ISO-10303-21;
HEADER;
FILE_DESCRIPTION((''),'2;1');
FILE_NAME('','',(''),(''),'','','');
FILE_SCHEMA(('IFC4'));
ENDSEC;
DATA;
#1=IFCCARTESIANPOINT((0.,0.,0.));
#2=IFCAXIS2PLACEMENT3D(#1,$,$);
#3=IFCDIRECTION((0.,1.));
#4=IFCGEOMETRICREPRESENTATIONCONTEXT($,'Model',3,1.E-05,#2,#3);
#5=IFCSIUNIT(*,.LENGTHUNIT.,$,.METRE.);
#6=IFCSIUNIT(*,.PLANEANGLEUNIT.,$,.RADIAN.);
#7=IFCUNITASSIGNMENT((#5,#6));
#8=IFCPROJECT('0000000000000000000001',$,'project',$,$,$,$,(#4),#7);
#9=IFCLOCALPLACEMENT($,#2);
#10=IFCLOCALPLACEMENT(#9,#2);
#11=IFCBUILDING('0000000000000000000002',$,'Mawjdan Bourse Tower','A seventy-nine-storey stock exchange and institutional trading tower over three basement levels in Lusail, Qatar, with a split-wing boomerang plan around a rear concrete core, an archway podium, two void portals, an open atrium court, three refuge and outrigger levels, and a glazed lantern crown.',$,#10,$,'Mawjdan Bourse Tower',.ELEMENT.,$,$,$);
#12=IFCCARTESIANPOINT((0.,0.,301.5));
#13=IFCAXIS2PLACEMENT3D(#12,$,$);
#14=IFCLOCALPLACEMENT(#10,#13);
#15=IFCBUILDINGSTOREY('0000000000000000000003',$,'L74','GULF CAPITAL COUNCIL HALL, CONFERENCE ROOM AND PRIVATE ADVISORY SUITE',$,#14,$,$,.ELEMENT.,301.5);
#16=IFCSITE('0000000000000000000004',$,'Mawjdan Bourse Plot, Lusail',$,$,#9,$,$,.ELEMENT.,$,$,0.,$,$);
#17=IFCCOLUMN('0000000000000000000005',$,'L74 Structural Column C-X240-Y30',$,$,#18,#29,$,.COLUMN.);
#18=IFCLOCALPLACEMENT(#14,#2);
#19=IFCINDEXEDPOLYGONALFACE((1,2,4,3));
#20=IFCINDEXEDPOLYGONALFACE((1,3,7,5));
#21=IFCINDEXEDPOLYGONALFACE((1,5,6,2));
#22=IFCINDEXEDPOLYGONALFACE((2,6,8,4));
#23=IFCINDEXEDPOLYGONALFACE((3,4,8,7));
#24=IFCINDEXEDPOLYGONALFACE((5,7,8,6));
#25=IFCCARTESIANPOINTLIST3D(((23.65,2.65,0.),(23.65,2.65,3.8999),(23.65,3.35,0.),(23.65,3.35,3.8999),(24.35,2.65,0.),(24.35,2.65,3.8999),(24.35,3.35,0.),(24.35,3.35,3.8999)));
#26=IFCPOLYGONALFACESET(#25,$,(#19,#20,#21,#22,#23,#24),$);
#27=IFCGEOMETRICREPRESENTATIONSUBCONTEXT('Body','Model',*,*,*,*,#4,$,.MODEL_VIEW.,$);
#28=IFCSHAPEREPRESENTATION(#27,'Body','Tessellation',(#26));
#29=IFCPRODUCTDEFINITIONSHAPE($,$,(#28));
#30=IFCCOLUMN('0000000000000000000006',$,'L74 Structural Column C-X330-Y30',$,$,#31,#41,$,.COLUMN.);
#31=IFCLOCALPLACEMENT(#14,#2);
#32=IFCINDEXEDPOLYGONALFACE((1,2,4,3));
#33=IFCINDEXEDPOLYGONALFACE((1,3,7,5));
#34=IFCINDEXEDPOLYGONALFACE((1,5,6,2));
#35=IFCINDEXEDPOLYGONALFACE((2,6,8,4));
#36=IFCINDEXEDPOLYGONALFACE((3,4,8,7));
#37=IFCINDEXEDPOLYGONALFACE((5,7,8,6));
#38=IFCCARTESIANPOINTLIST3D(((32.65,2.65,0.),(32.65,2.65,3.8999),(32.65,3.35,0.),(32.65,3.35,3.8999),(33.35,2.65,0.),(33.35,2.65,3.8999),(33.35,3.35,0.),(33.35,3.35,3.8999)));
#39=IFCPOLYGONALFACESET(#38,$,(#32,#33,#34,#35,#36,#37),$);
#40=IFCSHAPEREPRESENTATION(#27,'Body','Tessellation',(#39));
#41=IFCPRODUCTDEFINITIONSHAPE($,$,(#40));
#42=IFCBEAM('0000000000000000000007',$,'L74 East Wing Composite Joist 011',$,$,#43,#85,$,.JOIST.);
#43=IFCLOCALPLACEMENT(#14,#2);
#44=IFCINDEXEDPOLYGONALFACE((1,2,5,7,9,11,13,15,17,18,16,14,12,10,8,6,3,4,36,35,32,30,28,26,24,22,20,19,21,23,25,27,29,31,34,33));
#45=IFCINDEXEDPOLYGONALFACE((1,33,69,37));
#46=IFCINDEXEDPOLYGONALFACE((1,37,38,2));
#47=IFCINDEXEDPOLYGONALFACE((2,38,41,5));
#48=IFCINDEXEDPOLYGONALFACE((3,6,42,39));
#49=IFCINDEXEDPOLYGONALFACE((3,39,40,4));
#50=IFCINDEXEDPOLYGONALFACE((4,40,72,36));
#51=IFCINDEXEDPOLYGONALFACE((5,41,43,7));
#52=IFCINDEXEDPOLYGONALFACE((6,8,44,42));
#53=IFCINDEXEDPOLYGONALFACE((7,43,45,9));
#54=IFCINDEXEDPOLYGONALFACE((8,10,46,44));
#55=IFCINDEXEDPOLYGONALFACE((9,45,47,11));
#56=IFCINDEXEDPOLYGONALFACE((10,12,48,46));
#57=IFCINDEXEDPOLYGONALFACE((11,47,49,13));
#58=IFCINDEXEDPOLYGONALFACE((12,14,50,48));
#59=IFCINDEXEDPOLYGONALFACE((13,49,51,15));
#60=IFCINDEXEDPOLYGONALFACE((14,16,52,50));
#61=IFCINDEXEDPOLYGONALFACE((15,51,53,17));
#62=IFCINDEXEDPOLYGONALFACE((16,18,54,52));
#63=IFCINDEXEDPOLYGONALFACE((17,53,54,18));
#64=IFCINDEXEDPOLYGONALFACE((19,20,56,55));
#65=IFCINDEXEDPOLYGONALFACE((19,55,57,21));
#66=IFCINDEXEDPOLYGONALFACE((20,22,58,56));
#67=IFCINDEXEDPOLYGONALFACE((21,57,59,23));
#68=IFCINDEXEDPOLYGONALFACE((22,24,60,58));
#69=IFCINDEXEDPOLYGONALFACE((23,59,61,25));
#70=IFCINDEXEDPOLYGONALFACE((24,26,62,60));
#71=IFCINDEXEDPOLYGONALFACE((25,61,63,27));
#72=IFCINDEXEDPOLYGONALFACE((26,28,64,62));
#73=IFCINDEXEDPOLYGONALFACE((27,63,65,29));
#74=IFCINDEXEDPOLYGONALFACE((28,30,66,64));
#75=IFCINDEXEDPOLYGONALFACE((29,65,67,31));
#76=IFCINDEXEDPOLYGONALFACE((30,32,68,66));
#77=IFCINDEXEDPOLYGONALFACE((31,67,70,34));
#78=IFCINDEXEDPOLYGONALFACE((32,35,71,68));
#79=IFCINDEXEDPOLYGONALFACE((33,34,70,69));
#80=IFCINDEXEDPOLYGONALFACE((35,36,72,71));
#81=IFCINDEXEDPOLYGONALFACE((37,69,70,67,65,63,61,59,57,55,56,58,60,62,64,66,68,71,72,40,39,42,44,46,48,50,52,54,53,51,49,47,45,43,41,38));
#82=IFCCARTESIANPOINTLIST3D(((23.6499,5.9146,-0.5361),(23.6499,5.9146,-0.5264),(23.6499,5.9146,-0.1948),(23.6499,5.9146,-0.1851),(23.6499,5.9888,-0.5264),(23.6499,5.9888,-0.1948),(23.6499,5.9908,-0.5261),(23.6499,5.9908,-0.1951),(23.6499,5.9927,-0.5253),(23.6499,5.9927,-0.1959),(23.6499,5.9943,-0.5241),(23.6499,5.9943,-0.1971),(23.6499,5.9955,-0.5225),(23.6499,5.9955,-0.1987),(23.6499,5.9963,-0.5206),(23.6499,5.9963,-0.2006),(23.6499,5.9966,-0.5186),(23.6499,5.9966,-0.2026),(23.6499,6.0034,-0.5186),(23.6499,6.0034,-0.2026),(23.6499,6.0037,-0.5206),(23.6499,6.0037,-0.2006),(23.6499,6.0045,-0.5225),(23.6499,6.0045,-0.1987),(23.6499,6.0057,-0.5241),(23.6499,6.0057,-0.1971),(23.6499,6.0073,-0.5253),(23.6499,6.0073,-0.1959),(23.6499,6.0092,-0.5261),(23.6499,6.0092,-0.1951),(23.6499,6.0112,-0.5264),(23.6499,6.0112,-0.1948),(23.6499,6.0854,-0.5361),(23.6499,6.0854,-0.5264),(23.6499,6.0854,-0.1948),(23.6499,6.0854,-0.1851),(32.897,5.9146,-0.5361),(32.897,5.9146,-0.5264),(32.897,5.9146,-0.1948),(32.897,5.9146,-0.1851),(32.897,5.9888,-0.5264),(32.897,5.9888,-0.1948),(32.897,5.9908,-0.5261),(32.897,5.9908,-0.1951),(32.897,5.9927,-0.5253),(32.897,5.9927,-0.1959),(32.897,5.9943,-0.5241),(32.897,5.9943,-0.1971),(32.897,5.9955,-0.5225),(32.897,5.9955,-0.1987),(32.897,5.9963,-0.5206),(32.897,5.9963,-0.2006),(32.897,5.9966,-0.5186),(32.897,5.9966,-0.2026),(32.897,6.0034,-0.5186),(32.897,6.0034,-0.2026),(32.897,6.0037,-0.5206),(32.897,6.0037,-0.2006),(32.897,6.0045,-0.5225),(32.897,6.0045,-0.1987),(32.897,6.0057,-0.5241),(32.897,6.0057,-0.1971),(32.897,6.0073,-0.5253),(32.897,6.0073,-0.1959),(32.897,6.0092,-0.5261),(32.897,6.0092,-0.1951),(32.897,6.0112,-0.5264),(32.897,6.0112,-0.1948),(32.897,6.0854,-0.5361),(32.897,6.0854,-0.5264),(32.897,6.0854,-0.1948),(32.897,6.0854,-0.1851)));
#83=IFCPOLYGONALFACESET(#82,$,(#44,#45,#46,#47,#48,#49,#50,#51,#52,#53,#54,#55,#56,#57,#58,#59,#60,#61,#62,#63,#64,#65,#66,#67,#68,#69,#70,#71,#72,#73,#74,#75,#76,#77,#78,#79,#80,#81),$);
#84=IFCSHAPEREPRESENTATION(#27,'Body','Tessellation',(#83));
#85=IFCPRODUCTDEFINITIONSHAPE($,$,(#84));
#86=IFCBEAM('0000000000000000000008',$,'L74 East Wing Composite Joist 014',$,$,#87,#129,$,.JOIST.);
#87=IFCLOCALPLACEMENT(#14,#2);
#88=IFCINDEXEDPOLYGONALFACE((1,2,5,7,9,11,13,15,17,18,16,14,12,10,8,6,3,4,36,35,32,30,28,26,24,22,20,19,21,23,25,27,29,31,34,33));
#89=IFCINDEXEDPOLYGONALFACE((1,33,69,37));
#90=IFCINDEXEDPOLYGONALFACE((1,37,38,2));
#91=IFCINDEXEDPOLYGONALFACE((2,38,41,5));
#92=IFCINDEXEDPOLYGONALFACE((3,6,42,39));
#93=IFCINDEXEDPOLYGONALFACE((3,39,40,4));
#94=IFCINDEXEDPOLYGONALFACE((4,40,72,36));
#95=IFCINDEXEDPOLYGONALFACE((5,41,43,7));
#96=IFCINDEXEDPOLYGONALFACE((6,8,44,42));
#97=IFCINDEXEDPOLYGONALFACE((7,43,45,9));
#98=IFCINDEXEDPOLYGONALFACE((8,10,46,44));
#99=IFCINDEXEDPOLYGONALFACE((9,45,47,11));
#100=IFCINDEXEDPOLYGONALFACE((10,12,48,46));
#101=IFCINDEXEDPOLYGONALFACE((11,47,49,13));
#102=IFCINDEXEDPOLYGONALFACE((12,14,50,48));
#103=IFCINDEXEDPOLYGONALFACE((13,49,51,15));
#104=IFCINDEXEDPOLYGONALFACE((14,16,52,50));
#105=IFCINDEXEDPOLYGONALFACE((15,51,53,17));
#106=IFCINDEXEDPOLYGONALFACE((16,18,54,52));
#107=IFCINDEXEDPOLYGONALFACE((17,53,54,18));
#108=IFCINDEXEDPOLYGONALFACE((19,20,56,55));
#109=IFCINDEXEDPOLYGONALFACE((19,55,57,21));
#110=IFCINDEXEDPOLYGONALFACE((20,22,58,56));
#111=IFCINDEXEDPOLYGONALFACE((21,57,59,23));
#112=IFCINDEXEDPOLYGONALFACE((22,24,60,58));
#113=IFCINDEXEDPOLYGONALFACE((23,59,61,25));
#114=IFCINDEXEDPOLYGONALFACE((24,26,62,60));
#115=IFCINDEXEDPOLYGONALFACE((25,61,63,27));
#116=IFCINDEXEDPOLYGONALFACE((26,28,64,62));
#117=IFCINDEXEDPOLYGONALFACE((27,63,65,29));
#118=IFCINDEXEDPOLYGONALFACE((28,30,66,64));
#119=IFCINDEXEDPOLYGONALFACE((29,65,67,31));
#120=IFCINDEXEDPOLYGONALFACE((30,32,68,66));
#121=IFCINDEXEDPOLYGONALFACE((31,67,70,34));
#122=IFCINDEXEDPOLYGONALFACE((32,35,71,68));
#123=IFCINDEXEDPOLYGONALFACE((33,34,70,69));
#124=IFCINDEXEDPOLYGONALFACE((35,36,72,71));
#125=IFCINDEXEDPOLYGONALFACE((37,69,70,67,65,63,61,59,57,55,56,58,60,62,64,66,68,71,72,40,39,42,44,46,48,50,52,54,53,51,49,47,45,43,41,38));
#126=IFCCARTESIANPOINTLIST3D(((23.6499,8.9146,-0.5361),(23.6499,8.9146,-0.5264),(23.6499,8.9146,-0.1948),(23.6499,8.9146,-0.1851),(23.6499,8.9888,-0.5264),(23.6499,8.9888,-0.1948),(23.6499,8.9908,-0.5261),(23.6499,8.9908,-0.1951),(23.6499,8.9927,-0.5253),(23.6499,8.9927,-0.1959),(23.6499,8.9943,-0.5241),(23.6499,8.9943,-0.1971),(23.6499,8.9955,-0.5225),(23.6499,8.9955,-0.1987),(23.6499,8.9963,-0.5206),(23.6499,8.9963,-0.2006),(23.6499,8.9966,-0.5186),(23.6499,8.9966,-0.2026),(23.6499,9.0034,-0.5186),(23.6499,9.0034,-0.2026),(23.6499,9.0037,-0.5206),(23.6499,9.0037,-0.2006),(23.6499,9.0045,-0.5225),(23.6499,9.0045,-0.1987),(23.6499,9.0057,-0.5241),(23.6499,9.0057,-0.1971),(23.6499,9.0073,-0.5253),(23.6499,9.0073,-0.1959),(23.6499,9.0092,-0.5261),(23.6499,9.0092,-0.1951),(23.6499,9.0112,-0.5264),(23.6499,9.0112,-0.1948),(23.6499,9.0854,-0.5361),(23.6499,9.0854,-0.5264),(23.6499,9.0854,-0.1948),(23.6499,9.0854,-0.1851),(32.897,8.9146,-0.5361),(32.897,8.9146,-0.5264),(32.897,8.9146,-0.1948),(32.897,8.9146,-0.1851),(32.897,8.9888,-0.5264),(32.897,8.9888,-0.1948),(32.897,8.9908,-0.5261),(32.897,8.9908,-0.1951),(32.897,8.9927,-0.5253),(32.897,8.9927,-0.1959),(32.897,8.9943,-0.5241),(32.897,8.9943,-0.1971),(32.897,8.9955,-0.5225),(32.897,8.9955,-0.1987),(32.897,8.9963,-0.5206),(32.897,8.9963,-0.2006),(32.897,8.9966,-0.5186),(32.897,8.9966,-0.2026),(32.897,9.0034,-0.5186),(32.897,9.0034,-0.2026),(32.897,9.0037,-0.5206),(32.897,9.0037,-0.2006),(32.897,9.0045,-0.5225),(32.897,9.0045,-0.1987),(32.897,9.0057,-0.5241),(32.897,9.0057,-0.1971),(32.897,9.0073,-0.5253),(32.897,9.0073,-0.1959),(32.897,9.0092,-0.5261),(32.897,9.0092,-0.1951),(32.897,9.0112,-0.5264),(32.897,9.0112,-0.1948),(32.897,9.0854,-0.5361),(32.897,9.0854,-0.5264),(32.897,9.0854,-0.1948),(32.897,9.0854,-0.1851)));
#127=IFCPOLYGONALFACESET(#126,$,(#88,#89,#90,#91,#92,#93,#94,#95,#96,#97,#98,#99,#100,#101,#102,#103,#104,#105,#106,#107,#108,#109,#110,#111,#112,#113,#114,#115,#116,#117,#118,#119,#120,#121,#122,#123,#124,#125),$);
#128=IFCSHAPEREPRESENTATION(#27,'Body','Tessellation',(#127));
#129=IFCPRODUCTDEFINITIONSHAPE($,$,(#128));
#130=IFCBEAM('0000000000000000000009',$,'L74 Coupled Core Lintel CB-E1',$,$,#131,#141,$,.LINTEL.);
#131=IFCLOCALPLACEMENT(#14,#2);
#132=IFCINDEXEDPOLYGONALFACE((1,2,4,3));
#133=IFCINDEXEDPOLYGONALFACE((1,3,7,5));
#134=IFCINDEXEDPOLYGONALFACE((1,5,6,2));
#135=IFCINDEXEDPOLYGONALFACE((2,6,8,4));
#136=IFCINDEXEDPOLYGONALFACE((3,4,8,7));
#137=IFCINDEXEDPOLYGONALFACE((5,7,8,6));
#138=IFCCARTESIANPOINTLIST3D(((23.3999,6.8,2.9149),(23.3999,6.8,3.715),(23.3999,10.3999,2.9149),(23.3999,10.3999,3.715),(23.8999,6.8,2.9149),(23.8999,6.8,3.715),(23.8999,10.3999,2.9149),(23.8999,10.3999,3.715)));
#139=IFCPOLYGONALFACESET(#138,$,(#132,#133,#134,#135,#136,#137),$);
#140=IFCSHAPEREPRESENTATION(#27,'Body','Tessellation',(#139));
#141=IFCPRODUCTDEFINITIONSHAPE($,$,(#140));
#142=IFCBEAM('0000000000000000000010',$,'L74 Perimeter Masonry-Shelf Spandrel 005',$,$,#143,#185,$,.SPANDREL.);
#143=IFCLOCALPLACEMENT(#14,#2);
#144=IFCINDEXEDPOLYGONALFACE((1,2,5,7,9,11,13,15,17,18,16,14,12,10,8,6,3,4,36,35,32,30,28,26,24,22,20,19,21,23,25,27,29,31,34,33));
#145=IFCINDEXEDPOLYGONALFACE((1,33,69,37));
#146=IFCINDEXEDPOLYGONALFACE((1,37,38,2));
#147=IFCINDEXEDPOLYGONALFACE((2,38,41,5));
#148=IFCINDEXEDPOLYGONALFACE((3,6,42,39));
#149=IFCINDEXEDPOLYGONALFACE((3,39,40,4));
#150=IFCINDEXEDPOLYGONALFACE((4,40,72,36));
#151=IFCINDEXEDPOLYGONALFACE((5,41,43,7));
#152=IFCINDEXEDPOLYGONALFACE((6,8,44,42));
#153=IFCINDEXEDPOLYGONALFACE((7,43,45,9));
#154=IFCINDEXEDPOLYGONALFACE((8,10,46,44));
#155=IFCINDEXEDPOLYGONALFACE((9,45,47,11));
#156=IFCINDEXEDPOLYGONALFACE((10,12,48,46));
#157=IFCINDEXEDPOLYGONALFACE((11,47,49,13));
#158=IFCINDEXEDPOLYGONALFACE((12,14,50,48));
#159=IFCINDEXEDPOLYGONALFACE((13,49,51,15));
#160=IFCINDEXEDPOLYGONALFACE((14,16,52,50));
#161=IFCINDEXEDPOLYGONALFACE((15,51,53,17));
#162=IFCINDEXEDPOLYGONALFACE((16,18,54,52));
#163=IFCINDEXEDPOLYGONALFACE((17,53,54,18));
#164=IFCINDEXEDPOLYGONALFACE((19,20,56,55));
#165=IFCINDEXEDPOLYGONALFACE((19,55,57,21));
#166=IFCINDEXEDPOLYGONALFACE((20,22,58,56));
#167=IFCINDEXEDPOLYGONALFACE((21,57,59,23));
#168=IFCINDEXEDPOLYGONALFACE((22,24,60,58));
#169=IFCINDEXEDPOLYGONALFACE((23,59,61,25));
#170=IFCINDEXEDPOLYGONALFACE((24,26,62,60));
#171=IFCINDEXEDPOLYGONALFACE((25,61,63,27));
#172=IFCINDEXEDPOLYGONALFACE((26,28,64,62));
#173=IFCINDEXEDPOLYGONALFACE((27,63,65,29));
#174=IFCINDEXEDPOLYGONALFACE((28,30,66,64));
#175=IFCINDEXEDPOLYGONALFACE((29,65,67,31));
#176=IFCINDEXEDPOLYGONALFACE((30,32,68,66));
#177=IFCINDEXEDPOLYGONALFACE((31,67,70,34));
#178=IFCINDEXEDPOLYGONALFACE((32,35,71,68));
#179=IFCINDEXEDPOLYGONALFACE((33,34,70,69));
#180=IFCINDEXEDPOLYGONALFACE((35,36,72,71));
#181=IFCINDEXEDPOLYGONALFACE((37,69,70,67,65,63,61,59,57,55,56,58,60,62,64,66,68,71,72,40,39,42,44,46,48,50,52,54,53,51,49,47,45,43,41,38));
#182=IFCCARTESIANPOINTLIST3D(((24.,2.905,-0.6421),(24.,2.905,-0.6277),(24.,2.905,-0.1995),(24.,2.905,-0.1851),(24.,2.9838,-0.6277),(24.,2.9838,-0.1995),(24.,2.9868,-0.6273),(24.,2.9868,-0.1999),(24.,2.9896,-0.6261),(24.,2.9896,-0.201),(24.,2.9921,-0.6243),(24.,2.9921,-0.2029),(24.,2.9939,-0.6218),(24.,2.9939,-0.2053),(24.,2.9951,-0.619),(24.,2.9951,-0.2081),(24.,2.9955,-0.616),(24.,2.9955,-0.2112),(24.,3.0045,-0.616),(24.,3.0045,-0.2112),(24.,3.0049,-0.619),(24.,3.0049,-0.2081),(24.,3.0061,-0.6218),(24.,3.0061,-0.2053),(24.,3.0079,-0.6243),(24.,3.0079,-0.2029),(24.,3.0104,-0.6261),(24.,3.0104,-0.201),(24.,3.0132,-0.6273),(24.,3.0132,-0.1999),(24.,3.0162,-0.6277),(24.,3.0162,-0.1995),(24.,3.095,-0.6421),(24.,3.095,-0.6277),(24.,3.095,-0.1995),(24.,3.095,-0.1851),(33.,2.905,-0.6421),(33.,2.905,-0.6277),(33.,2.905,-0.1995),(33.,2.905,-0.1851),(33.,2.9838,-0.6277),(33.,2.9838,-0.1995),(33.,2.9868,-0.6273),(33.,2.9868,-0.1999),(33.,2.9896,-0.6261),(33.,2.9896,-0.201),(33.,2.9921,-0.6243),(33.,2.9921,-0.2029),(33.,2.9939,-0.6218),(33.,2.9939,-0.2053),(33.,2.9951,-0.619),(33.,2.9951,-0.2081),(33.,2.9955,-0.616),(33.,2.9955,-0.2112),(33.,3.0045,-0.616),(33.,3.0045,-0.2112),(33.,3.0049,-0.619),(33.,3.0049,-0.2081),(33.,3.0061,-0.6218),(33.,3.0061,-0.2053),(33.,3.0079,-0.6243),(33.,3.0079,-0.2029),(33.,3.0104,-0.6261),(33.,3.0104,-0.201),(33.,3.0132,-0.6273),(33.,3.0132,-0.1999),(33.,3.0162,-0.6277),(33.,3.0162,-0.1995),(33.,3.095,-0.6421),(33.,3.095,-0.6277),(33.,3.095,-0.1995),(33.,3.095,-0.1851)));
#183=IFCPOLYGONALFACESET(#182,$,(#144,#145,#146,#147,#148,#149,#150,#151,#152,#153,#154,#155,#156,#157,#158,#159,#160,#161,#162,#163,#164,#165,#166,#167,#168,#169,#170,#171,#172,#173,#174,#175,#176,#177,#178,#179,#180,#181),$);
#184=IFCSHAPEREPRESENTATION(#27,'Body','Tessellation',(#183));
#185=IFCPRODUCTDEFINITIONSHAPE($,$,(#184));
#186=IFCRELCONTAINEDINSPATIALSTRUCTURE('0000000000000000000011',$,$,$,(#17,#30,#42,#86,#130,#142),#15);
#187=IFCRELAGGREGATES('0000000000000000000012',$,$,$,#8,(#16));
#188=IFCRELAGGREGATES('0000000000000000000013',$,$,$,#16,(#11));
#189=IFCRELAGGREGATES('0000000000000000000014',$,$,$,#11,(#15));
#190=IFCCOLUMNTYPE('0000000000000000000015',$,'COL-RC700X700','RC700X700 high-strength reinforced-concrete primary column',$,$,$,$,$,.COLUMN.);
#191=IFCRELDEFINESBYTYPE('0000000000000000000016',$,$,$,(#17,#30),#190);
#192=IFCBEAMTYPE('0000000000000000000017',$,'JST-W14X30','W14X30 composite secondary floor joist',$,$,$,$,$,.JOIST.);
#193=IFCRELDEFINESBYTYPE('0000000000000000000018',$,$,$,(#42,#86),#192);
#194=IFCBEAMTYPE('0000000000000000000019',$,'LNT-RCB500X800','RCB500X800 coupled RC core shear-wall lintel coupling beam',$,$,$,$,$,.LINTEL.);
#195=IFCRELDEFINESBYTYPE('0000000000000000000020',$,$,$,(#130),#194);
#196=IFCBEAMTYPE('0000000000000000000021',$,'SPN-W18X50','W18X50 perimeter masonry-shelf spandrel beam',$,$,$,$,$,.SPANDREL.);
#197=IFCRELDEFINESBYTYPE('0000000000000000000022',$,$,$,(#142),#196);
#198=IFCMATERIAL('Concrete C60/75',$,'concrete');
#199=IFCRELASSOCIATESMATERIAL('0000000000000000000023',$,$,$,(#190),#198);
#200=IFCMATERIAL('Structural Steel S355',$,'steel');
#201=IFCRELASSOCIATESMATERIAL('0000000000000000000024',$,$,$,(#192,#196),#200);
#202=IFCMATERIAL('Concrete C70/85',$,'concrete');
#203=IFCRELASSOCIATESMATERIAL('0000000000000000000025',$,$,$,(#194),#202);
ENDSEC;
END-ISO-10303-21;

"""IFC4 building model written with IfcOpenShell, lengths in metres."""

from ifc_helpers import new_model, si_unit, direction, frame, origin, origin_2d, place, context, subcontext, project, spatial, rectangle, i_section, extrude, material, material_profile, profile_set, type_object, element, save


model = new_model("IFC4")

# Units and contexts
model_context = context("Model", 3, precision=1e-05, world=origin(), true_north=direction((0.0, 1.0)))
body_context = subcontext(model_context, "Body", "Model", "MODEL_VIEW")
ifc_project = project(units=[si_unit("LENGTHUNIT", "METRE"), si_unit("PLANEANGLEUNIT", "RADIAN")], contexts=[model_context])

# Site, building, storey
site_placement = place(None, origin())
site = spatial("IfcSite", under=ifc_project, at=site_placement, Name="Mawjdan Bourse Plot, Lusail", CompositionType="ELEMENT", RefElevation=0.0)
building_placement = place(site_placement, origin())
building = spatial("IfcBuilding", under=site, at=building_placement, Name="Mawjdan Bourse Tower", Description="A seventy-nine-storey stock exchange and institutional trading tower over three basement levels in Lusail, Qatar, with a split-wing boomerang plan around a rear concrete core, an archway podium, two void portals, an open atrium court, three refuge and outrigger levels, and a glazed lantern crown.", LongName="Mawjdan Bourse Tower", CompositionType="ELEMENT")
storey_placement = place(building_placement, frame((0.0, 0.0, 301.5)))
storey = spatial("IfcBuildingStorey", under=building, at=storey_placement, Name="L74", Description="GULF CAPITAL COUNCIL HALL, CONFERENCE ROOM AND PRIVATE ADVISORY SUITE", CompositionType="ELEMENT", Elevation=301.5)

# Columns
ifc_material_1 = material(Name="Concrete C60/75", Category="concrete")
ifc_material_profile_1 = material_profile(ifc_material_1, rectangle(XDim=0.7, YDim=0.7, at=origin_2d()), Name="RC700X700")
ifc_profile_set_1 = profile_set([ifc_material_profile_1], Name="Concrete C60/75")
column_type = type_object("IfcColumnType", Name="COL-RC700X700", Description="RC700X700 high-strength reinforced-concrete primary column", PredefinedType="COLUMN", material=ifc_profile_set_1)
for number, where, z_axis, x_axis, name in (
    (1, (24.0, 3.0, 0.0), (0.0, 0.0, 1.0), (1.0, 0.0, 0.0), "L74 Structural Column C-X240-Y30"),
    (2, (33.0, 3.0, 0.0), (0.0, 0.0, 1.0), (1.0, 0.0, 0.0), "L74 Structural Column C-X330-Y30"),
):
    element("IfcColumn", number, at=place(storey_placement, frame(where, z_axis=z_axis, x_axis=x_axis)), inside=storey, type_object=column_type, Name=name, PredefinedType="COLUMN", context=body_context, shape_type="SweptSolid", body=[
        extrude(rectangle(XDim=0.7, YDim=0.7, at=origin_2d()), origin(), (0.0, 0.0, 1.0), 3.8999),
    ])

# Beams
ifc_material_2 = material(Name="Structural Steel S355", Category="steel")
ifc_material_profile_2 = material_profile(ifc_material_2, i_section(OverallWidth=0.1709, OverallDepth=0.3511, WebThickness=0.0068, FlangeThickness=0.0098, FilletRadius=0.0078, at=origin_2d()), Name="W14X30")
ifc_profile_set_2 = profile_set([ifc_material_profile_2], Name="Structural Steel S355")
beam_type_1 = type_object("IfcBeamType", Name="JST-W14X30", Description="W14X30 composite secondary floor joist", PredefinedType="JOIST", material=ifc_profile_set_2)
for number, where, z_axis, x_axis, name in (
    (3, (23.6499, 6.0, -0.3606), (1.0, 0.0, 0.0), (0.0, 1.0, 0.0), "L74 East Wing Composite Joist 011"),
    (4, (23.6499, 9.0, -0.3606), (1.0, 0.0, 0.0), (0.0, 1.0, 0.0), "L74 East Wing Composite Joist 014"),
):
    element("IfcBeam", number, at=place(storey_placement, frame(where, z_axis=z_axis, x_axis=x_axis)), inside=storey, type_object=beam_type_1, Name=name, PredefinedType="JOIST", context=body_context, shape_type="SweptSolid", body=[
        extrude(i_section(OverallWidth=0.1709, OverallDepth=0.3511, WebThickness=0.0068, FlangeThickness=0.0098, FilletRadius=0.0078, at=origin_2d()), origin(), (0.0, 0.0, 1.0), 9.2471),
    ])
ifc_material_3 = material(Name="Concrete C70/85", Category="concrete")
ifc_material_profile_3 = material_profile(ifc_material_3, rectangle(XDim=0.5, YDim=0.8, at=origin_2d()), Name="RCB500X800")
ifc_profile_set_3 = profile_set([ifc_material_profile_3], Name="Concrete C70/85")
beam_type_2 = type_object("IfcBeamType", Name="LNT-RCB500X800", Description="RCB500X800 coupled RC core shear-wall lintel coupling beam", PredefinedType="LINTEL", material=ifc_profile_set_3)
beam_1_placement = place(storey_placement, frame((23.6499, 6.8, 3.3149), z_axis=(0.0, 1.0, 0.0), x_axis=(-1.0, 0.0, 0.0)))
element("IfcBeam", 5, at=beam_1_placement, inside=storey, type_object=beam_type_2, Name="L74 Coupled Core Lintel CB-E1", PredefinedType="LINTEL", context=body_context, shape_type="SweptSolid", body=[
    extrude(rectangle(XDim=0.5, YDim=0.8, at=origin_2d()), origin(), (0.0, 0.0, 1.0), 3.5999),
])
ifc_material_profile_4 = material_profile(ifc_material_2, i_section(OverallWidth=0.1899, OverallDepth=0.457, WebThickness=0.009, FlangeThickness=0.0144, FilletRadius=0.0117, at=origin_2d()), Name="W18X50")
ifc_profile_set_4 = profile_set([ifc_material_profile_4], Name="Structural Steel S355")
beam_type_3 = type_object("IfcBeamType", Name="SPN-W18X50", Description="W18X50 perimeter masonry-shelf spandrel beam", PredefinedType="SPANDREL", material=ifc_profile_set_4)
beam_2_placement = place(storey_placement, frame((24.0, 3.0, -0.4136), z_axis=(1.0, 0.0, 0.0), x_axis=(0.0, 1.0, 0.0)))
element("IfcBeam", 6, at=beam_2_placement, inside=storey, type_object=beam_type_3, Name="L74 Perimeter Masonry-Shelf Spandrel 005", PredefinedType="SPANDREL", context=body_context, shape_type="SweptSolid", body=[
    extrude(i_section(OverallWidth=0.1899, OverallDepth=0.457, WebThickness=0.009, FlangeThickness=0.0144, FilletRadius=0.0117, at=origin_2d()), origin(), (0.0, 0.0, 1.0), 9.0),
])

save(model, "model.ifc")
